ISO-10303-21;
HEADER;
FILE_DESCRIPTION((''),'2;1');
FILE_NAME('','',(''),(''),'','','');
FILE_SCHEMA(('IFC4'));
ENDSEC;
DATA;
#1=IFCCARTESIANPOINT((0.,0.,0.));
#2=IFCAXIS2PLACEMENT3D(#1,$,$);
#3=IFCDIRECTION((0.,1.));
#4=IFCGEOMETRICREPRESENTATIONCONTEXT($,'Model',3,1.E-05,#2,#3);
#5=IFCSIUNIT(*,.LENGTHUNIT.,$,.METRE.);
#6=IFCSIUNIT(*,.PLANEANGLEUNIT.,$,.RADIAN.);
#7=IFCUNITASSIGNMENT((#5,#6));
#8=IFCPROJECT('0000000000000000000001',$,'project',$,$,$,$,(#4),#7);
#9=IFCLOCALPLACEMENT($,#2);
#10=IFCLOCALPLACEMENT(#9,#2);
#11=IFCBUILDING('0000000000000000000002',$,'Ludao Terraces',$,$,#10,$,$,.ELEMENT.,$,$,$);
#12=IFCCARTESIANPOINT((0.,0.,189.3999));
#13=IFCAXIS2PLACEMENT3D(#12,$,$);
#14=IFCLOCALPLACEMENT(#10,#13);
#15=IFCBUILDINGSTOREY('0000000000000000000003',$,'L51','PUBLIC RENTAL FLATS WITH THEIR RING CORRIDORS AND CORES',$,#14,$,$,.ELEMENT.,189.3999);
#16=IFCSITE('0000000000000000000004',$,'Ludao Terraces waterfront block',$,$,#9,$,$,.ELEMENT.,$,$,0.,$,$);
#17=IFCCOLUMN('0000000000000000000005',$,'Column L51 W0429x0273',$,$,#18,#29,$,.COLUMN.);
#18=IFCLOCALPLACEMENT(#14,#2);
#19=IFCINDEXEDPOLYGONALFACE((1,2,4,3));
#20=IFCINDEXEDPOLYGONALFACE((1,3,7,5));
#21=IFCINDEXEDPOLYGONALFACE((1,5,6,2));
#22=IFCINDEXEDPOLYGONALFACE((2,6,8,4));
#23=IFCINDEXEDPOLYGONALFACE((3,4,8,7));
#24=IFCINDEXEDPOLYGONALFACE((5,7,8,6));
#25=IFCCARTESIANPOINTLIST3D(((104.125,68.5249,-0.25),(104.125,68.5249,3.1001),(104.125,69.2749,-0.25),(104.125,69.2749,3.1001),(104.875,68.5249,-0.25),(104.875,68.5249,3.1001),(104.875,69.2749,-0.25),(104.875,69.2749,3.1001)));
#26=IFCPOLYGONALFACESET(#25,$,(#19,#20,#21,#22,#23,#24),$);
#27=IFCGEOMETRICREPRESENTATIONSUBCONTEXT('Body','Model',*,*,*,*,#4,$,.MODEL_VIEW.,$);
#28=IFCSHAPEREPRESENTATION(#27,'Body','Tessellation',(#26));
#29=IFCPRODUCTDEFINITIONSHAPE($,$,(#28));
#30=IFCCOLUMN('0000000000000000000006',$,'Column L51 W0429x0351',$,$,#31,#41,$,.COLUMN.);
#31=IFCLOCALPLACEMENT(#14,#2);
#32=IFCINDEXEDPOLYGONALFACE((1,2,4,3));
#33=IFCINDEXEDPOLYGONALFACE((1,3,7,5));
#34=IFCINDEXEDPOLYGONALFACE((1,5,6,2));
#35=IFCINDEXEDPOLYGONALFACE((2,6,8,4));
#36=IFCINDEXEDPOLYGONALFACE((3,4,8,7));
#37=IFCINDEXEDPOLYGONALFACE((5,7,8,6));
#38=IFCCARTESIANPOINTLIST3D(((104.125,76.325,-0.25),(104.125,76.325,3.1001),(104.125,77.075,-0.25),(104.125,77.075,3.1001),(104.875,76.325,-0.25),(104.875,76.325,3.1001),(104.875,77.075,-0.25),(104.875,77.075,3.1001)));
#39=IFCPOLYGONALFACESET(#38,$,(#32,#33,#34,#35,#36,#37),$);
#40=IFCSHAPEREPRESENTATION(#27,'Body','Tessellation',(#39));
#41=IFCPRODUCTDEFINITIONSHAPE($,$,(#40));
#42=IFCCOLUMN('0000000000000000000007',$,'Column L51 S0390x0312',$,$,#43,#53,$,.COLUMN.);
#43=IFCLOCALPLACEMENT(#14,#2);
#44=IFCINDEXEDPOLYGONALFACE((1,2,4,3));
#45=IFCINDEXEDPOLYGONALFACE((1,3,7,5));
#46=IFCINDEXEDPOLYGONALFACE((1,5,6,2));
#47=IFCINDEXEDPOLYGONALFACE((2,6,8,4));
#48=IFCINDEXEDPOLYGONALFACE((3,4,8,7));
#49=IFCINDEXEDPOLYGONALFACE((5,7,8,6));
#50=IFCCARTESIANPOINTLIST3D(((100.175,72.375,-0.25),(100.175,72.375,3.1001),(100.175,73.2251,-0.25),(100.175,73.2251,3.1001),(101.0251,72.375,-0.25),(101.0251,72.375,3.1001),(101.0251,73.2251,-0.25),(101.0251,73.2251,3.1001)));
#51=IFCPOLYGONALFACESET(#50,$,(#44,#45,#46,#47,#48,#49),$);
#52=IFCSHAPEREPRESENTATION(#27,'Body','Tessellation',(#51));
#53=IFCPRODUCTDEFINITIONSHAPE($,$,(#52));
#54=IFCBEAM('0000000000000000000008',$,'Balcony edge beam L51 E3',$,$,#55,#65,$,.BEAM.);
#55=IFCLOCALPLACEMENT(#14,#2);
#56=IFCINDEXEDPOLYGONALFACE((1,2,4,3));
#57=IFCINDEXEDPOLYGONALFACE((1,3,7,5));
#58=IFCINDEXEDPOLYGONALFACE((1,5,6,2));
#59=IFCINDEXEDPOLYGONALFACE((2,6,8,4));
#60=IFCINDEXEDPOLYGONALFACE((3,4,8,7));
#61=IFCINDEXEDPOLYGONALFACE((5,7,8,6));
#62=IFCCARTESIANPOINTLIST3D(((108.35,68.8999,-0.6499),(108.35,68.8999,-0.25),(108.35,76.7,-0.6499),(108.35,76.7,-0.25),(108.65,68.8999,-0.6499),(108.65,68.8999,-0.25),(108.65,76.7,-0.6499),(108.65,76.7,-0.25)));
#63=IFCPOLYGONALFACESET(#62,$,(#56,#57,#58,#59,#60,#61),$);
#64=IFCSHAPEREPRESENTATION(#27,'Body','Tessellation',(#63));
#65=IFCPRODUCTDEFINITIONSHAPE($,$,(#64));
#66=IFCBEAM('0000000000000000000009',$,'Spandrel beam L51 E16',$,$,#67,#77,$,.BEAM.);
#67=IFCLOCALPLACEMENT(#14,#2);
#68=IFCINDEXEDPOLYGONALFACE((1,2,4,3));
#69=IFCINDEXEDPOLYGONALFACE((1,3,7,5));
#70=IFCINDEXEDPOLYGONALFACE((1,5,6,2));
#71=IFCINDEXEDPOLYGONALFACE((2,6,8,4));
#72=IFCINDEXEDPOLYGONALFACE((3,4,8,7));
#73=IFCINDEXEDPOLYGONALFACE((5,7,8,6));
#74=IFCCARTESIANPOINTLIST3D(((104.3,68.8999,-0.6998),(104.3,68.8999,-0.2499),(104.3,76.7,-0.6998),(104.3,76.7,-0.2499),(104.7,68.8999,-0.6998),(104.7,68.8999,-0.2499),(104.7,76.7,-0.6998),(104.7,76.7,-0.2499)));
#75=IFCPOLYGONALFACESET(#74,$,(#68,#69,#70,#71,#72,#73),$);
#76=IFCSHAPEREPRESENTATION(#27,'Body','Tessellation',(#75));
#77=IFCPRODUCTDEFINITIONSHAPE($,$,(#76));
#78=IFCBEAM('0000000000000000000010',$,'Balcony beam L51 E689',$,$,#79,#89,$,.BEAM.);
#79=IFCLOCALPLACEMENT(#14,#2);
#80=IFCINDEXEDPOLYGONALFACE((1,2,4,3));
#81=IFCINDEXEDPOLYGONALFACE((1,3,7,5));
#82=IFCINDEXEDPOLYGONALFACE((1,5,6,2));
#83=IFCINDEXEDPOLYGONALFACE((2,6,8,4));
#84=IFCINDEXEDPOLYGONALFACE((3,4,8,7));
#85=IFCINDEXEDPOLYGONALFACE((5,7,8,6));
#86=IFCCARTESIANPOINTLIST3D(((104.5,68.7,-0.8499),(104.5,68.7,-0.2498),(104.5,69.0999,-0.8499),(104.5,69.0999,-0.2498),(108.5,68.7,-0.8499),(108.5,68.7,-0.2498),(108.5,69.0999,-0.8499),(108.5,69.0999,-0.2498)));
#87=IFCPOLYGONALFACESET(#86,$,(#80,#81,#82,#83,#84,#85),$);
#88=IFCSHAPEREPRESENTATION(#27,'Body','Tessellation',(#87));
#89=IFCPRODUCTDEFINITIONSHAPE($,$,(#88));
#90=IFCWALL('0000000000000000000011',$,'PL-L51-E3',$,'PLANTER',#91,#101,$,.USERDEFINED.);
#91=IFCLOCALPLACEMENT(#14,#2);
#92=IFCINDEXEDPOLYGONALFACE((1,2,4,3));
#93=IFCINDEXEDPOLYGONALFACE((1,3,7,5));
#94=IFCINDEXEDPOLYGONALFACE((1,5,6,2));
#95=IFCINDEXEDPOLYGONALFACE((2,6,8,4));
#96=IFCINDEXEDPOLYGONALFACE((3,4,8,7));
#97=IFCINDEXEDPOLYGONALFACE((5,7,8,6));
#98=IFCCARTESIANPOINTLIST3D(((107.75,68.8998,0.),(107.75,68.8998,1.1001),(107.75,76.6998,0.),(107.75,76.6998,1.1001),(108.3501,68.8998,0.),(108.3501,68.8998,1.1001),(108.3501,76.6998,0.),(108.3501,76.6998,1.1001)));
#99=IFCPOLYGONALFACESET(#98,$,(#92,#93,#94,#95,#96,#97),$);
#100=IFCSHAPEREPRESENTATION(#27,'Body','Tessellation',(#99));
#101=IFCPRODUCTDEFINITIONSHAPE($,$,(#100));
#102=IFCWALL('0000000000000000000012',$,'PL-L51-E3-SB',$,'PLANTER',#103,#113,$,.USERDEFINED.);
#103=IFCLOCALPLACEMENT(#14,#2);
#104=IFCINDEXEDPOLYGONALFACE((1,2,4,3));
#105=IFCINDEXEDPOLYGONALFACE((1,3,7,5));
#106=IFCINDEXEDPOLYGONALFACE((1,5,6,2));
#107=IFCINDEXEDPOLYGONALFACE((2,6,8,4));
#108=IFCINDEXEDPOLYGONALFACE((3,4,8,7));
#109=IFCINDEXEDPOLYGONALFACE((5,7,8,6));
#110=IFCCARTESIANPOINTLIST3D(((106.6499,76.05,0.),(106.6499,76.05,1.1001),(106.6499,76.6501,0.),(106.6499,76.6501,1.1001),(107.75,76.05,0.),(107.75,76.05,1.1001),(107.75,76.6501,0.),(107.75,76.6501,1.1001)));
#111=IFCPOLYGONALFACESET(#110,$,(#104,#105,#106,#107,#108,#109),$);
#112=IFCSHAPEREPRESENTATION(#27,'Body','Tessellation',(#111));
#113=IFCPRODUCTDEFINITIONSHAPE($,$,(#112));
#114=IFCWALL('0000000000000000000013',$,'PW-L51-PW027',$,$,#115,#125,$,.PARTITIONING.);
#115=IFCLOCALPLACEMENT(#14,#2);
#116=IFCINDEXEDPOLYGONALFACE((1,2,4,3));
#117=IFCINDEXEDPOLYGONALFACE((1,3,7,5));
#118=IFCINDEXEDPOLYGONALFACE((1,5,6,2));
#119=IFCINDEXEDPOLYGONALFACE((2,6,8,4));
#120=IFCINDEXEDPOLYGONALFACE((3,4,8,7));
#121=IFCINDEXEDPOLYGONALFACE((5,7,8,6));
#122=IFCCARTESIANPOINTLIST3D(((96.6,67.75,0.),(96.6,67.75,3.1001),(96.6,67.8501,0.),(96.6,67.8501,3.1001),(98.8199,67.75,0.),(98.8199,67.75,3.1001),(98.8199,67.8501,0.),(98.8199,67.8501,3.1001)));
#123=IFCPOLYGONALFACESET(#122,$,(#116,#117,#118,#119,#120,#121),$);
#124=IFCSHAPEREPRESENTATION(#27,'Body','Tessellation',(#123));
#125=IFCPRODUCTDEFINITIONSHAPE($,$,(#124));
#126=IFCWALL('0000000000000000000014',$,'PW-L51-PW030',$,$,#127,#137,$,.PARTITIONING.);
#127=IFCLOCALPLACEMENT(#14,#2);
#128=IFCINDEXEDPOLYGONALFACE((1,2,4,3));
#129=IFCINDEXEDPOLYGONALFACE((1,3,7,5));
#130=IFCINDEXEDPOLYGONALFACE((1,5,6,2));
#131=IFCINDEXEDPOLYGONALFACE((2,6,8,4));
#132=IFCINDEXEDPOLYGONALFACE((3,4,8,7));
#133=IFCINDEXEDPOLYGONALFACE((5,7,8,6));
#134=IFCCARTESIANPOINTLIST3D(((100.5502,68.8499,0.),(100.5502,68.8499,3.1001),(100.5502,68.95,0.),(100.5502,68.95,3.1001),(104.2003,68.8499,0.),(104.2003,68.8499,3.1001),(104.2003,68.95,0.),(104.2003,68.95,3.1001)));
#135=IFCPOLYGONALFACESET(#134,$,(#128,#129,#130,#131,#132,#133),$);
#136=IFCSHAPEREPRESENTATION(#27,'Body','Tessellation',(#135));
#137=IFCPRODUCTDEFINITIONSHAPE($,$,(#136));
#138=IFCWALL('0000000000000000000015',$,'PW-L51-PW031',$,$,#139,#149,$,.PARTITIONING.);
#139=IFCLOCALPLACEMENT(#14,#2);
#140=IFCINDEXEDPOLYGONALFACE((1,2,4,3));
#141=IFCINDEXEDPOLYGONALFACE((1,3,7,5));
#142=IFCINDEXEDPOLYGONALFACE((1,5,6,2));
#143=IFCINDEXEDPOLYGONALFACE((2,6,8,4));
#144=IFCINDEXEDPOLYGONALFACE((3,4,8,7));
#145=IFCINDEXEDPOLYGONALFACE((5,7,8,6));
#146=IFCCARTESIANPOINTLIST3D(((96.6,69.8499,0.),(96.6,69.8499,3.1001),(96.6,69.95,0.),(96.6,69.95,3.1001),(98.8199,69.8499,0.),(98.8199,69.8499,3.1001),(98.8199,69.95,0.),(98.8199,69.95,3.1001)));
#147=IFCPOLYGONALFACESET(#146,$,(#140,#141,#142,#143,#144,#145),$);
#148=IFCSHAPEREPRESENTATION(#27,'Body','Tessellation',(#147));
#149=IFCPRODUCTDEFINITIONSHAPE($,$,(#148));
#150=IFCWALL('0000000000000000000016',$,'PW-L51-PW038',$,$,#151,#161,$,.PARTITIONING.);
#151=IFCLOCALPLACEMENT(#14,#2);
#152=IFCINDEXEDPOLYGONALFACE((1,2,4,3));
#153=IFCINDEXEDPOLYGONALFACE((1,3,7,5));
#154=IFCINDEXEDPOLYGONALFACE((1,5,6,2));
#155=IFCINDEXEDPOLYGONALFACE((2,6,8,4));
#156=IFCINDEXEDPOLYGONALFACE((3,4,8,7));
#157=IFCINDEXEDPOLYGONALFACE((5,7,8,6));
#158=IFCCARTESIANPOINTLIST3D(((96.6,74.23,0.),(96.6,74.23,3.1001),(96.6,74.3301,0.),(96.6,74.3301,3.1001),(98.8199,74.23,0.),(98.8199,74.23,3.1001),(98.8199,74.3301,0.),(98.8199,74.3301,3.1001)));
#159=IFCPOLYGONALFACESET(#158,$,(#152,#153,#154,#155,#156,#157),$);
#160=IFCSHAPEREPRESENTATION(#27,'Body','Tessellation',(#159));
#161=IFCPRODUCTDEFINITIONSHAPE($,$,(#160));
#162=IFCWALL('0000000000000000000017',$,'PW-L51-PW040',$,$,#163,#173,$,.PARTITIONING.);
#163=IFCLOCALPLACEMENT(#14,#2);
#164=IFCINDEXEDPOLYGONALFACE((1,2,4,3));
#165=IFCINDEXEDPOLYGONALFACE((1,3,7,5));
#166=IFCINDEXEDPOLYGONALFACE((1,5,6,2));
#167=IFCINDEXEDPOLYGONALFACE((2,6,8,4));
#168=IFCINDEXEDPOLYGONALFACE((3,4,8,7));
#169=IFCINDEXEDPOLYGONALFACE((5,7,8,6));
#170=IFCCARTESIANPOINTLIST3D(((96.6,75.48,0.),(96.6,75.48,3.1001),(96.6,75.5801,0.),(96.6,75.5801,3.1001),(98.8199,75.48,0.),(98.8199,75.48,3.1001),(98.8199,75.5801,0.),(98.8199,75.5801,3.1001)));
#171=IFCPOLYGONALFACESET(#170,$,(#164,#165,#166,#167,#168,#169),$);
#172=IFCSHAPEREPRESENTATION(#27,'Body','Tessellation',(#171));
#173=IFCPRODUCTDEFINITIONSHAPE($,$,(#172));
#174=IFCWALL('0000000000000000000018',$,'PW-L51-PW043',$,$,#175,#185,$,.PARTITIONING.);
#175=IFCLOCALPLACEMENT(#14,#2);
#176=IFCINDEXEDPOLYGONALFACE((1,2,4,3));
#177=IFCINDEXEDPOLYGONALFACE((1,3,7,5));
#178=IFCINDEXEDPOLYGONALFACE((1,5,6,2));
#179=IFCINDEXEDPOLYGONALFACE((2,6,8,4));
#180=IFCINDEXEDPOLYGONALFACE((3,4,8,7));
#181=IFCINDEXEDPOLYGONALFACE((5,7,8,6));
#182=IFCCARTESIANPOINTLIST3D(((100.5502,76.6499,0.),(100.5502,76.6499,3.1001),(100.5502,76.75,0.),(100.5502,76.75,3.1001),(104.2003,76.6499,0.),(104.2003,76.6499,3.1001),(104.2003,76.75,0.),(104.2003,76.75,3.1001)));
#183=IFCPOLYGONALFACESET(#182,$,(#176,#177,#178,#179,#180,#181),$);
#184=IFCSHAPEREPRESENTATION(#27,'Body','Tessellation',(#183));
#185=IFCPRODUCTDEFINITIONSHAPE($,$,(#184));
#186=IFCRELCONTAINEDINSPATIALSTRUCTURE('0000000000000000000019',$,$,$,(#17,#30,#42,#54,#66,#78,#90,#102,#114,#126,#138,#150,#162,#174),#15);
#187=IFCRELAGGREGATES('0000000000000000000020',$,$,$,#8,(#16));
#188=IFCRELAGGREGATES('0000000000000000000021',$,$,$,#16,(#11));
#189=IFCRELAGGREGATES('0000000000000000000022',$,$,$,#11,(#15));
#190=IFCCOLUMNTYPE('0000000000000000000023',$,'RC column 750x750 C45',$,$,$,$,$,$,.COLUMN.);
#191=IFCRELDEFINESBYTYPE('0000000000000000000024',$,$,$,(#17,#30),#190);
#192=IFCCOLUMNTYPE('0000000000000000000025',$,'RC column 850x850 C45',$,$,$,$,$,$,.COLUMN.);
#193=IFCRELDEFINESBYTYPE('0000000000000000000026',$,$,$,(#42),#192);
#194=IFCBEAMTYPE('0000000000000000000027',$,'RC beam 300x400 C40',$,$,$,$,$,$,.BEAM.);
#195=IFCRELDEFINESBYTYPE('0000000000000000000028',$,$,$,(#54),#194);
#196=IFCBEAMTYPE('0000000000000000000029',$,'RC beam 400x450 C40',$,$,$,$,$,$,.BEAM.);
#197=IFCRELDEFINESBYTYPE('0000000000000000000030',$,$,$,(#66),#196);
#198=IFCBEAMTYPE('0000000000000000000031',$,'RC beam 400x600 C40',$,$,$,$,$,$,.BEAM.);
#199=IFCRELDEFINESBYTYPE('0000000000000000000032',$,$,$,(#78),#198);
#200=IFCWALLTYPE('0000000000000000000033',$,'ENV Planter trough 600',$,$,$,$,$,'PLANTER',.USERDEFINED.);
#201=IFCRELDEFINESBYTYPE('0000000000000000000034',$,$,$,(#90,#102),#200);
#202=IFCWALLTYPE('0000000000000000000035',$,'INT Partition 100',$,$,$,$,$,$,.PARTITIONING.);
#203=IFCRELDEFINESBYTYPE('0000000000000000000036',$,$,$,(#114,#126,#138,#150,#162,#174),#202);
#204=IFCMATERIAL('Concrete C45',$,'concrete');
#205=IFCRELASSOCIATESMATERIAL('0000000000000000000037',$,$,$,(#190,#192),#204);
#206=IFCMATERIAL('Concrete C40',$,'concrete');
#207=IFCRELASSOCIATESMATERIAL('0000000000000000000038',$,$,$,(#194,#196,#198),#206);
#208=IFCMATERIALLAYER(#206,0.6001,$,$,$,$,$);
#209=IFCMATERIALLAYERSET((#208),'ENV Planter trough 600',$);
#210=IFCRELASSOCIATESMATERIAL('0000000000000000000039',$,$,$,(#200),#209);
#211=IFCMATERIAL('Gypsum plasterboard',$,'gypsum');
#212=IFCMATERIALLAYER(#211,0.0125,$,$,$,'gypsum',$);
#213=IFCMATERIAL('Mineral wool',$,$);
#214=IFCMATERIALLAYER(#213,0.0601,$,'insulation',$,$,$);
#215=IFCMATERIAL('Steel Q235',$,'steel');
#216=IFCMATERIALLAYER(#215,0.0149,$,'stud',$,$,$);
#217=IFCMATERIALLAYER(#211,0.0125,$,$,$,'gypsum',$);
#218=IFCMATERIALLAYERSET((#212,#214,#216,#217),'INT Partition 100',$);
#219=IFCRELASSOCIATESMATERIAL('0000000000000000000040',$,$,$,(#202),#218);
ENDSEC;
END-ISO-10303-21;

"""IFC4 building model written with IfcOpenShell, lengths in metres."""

from ifc_helpers import new_model, si_unit, direction, frame, frame_2d, origin, origin_2d, place, context, subcontext, project, spatial, rectangle, extrude, material, layer, layer_set, material_profile, profile_set, type_object, element, save


model = new_model("IFC4")

# Units and contexts
model_context = context("Model", 3, precision=1e-05, world=origin(), true_north=direction((0.0, 1.0)))
body_context = subcontext(model_context, "Body", "Model", "MODEL_VIEW")
ifc_project = project(units=[si_unit("LENGTHUNIT", "METRE"), si_unit("PLANEANGLEUNIT", "RADIAN")], contexts=[model_context])

# Site, building, storey
site_placement = place(None, origin())
site = spatial("IfcSite", under=ifc_project, at=site_placement, Name="Ludao Terraces waterfront block", CompositionType="ELEMENT", RefElevation=0.0)
building_placement = place(site_placement, origin())
building = spatial("IfcBuilding", under=site, at=building_placement, Name="Ludao Terraces", CompositionType="ELEMENT")
storey_placement = place(building_placement, frame((0.0, 0.0, 189.3999)))
storey = spatial("IfcBuildingStorey", under=building, at=storey_placement, Name="L51", Description="PUBLIC RENTAL FLATS WITH THEIR RING CORRIDORS AND CORES", CompositionType="ELEMENT", Elevation=189.3999)

# Columns
ifc_material_1 = material(Name="Concrete C45", Category="concrete")
ifc_material_profile_1 = material_profile(ifc_material_1, rectangle(XDim=0.75, YDim=0.75, at=origin_2d()), Name="750 X 750")
ifc_profile_set_1 = profile_set([ifc_material_profile_1], Name="Concrete C45")
column_type_1 = type_object("IfcColumnType", Name="RC column 750x750 C45", PredefinedType="COLUMN", material=ifc_profile_set_1)
for number, where, z_axis, x_axis, name in (
    (1, (104.5, 68.8999, -0.25), (0.0, 0.0, 1.0), (1.0, 0.0, 0.0), "Column L51 W0429x0273"),
    (2, (104.5, 76.7, -0.25), (0.0, 0.0, 1.0), (1.0, 0.0, 0.0), "Column L51 W0429x0351"),
):
    element("IfcColumn", number, at=place(storey_placement, frame(where, z_axis=z_axis, x_axis=x_axis)), inside=storey, type_object=column_type_1, Name=name, PredefinedType="COLUMN", context=body_context, shape_type="SweptSolid", body=[
        extrude(rectangle(XDim=0.75, YDim=0.75, at=origin_2d()), origin(), (0.0, 0.0, 1.0), 3.3501),
    ])
ifc_material_profile_2 = material_profile(ifc_material_1, rectangle(XDim=0.8501, YDim=0.8501, at=origin_2d()), Name="850 X 850")
ifc_profile_set_2 = profile_set([ifc_material_profile_2], Name="Concrete C45")
column_type_2 = type_object("IfcColumnType", Name="RC column 850x850 C45", PredefinedType="COLUMN", material=ifc_profile_set_2)
column_placement = place(storey_placement, frame((100.6001, 72.8, -0.25), z_axis=(0.0, 0.0, 1.0), x_axis=(1.0, 0.0, 0.0)))
element("IfcColumn", 3, at=column_placement, inside=storey, type_object=column_type_2, Name="Column L51 S0390x0312", PredefinedType="COLUMN", context=body_context, shape_type="SweptSolid", body=[
    extrude(rectangle(XDim=0.8501, YDim=0.8501, at=origin_2d()), origin(), (0.0, 0.0, 1.0), 3.3501),
])

# Beams
ifc_material_2 = material(Name="Concrete C40", Category="concrete")
ifc_material_profile_3 = material_profile(ifc_material_2, rectangle(XDim=0.3, YDim=0.3999, at=origin_2d()), Name="300 X 400")
ifc_profile_set_3 = profile_set([ifc_material_profile_3], Name="Concrete C40")
beam_type_1 = type_object("IfcBeamType", Name="RC beam 300x400 C40", PredefinedType="BEAM", material=ifc_profile_set_3)
beam_1_placement = place(storey_placement, frame((108.5, 68.8999, -0.45), z_axis=(0.0, 1.0, 0.0), x_axis=(-1.0, 0.0, 0.0)))
element("IfcBeam", 4, at=beam_1_placement, inside=storey, type_object=beam_type_1, Name="Balcony edge beam L51 E3", PredefinedType="BEAM", context=body_context, shape_type="SweptSolid", body=[
    extrude(rectangle(XDim=0.3, YDim=0.3999, at=origin_2d()), origin(), (0.0, 0.0, 1.0), 7.8),
])
ifc_material_profile_4 = material_profile(ifc_material_2, rectangle(XDim=0.3999, YDim=0.45, at=origin_2d()), Name="400 X 450")
ifc_profile_set_4 = profile_set([ifc_material_profile_4], Name="Concrete C40")
beam_type_2 = type_object("IfcBeamType", Name="RC beam 400x450 C40", PredefinedType="BEAM", material=ifc_profile_set_4)
beam_2_placement = place(storey_placement, frame((104.5, 68.8999, -0.4749), z_axis=(0.0, 1.0, 0.0), x_axis=(-1.0, 0.0, 0.0)))
element("IfcBeam", 5, at=beam_2_placement, inside=storey, type_object=beam_type_2, Name="Spandrel beam L51 E16", PredefinedType="BEAM", context=body_context, shape_type="SweptSolid", body=[
    extrude(rectangle(XDim=0.3999, YDim=0.45, at=origin_2d()), origin(), (0.0, 0.0, 1.0), 7.8),
])
ifc_material_profile_5 = material_profile(ifc_material_2, rectangle(XDim=0.3999, YDim=0.6001, at=origin_2d()), Name="400 X 600")
ifc_profile_set_5 = profile_set([ifc_material_profile_5], Name="Concrete C40")
beam_type_3 = type_object("IfcBeamType", Name="RC beam 400x600 C40", PredefinedType="BEAM", material=ifc_profile_set_5)
beam_3_placement = place(storey_placement, frame((104.5, 68.8999, -0.5498), z_axis=(1.0, 0.0, 0.0), x_axis=(0.0, 1.0, 0.0)))
element("IfcBeam", 6, at=beam_3_placement, inside=storey, type_object=beam_type_3, Name="Balcony beam L51 E689", PredefinedType="BEAM", context=body_context, shape_type="SweptSolid", body=[
    extrude(rectangle(XDim=0.3999, YDim=0.6001, at=origin_2d()), origin(), (0.0, 0.0, 1.0), 4.0),
])

# Walls
ifc_layer_1 = layer(ifc_material_2, 0.6001)
ifc_layer_set_1 = layer_set([ifc_layer_1], Name="ENV Planter trough 600")
wall_type_1 = type_object("IfcWallType", Name="ENV Planter trough 600", ElementType="PLANTER", PredefinedType="USERDEFINED", material=ifc_layer_set_1)
wall_1_placement = place(storey_placement, frame((108.05, 68.8999, 0.0), z_axis=(0.0, 0.0, 1.0), x_axis=(0.0, 1.0, 0.0)))
element("IfcWall", 7, at=wall_1_placement, inside=storey, type_object=wall_type_1, Name="PL-L51-E3", ObjectType="PLANTER", PredefinedType="USERDEFINED", context=body_context, shape_type="SweptSolid", body=[
    extrude(rectangle(XDim=7.8, YDim=0.6001, at=frame_2d((3.8999, 0.0))), origin(), (0.0, 0.0, 1.0), 1.1001),
])
wall_2_placement = place(storey_placement, frame((107.75, 76.3501, 0.0), z_axis=(0.0, 0.0, 1.0), x_axis=(-1.0, 0.0, 0.0)))
element("IfcWall", 8, at=wall_2_placement, inside=storey, type_object=wall_type_1, Name="PL-L51-E3-SB", ObjectType="PLANTER", PredefinedType="USERDEFINED", context=body_context, shape_type="SweptSolid", body=[
    extrude(rectangle(XDim=1.1001, YDim=0.6001, at=frame_2d((0.55, 0.0))), origin(), (0.0, 0.0, 1.0), 1.1001),
])

# Shared definitions
ifc_material_3 = material(Name="Mineral wool")

# Walls
ifc_material_4 = material(Name="Gypsum plasterboard", Category="gypsum")
ifc_layer_2 = layer(ifc_material_4, 0.0125, Category="gypsum")
ifc_layer_3 = layer(ifc_material_3, 0.0601, Name="insulation")
ifc_material_5 = material(Name="Steel Q235", Category="steel")
ifc_layer_4 = layer(ifc_material_5, 0.0149, Name="stud")
ifc_layer_5 = layer(ifc_material_4, 0.0125, Category="gypsum")
ifc_layer_set_2 = layer_set([ifc_layer_2, ifc_layer_3, ifc_layer_4, ifc_layer_5], Name="INT Partition 100")
wall_type_2 = type_object("IfcWallType", Name="INT Partition 100", PredefinedType="PARTITIONING", material=ifc_layer_set_2)
wall_3_placement = place(storey_placement, frame((96.6001, 67.8, 0.0), z_axis=(0.0, 0.0, 1.0), x_axis=(1.0, 0.0, 0.0)))
element("IfcWall", 9, at=wall_3_placement, inside=storey, type_object=wall_type_2, Name="PW-L51-PW027", PredefinedType="PARTITIONING", context=body_context, shape_type="SweptSolid", body=[
    extrude(rectangle(XDim=2.22, YDim=0.1001, at=frame_2d((1.1099, 0.0))), origin(), (0.0, 0.0, 1.0), 3.1001),
])
wall_4_placement = place(storey_placement, frame((100.55, 68.8999, 0.0), z_axis=(0.0, 0.0, 1.0), x_axis=(1.0, 0.0, 0.0)))
element("IfcWall", 10, at=wall_4_placement, inside=storey, type_object=wall_type_2, Name="PW-L51-PW030", PredefinedType="PARTITIONING", context=body_context, shape_type="SweptSolid", body=[
    extrude(rectangle(XDim=3.6501, YDim=0.1001, at=frame_2d((1.8252, 0.0))), origin(), (0.0, 0.0, 1.0), 3.1001),
])
for number, where, z_axis, x_axis, name in (
    (11, (96.6001, 69.8999, 0.0), (0.0, 0.0, 1.0), (1.0, 0.0, 0.0), "PW-L51-PW031"),
    (12, (96.6001, 74.28, 0.0), (0.0, 0.0, 1.0), (1.0, 0.0, 0.0), "PW-L51-PW038"),
    (13, (96.6001, 75.53, 0.0), (0.0, 0.0, 1.0), (1.0, 0.0, 0.0), "PW-L51-PW040"),
):
    element("IfcWall", number, at=place(storey_placement, frame(where, z_axis=z_axis, x_axis=x_axis)), inside=storey, type_object=wall_type_2, Name=name, PredefinedType="PARTITIONING", context=body_context, shape_type="SweptSolid", body=[
        extrude(rectangle(XDim=2.22, YDim=0.1001, at=frame_2d((1.1099, 0.0))), origin(), (0.0, 0.0, 1.0), 3.1001),
    ])
wall_5_placement = place(storey_placement, frame((100.55, 76.7, 0.0), z_axis=(0.0, 0.0, 1.0), x_axis=(1.0, 0.0, 0.0)))
element("IfcWall", 14, at=wall_5_placement, inside=storey, type_object=wall_type_2, Name="PW-L51-PW043", PredefinedType="PARTITIONING", context=body_context, shape_type="SweptSolid", body=[
    extrude(rectangle(XDim=3.6501, YDim=0.1001, at=frame_2d((1.8252, 0.0))), origin(), (0.0, 0.0, 1.0), 3.1001),
])

save(model, "model.ifc")
